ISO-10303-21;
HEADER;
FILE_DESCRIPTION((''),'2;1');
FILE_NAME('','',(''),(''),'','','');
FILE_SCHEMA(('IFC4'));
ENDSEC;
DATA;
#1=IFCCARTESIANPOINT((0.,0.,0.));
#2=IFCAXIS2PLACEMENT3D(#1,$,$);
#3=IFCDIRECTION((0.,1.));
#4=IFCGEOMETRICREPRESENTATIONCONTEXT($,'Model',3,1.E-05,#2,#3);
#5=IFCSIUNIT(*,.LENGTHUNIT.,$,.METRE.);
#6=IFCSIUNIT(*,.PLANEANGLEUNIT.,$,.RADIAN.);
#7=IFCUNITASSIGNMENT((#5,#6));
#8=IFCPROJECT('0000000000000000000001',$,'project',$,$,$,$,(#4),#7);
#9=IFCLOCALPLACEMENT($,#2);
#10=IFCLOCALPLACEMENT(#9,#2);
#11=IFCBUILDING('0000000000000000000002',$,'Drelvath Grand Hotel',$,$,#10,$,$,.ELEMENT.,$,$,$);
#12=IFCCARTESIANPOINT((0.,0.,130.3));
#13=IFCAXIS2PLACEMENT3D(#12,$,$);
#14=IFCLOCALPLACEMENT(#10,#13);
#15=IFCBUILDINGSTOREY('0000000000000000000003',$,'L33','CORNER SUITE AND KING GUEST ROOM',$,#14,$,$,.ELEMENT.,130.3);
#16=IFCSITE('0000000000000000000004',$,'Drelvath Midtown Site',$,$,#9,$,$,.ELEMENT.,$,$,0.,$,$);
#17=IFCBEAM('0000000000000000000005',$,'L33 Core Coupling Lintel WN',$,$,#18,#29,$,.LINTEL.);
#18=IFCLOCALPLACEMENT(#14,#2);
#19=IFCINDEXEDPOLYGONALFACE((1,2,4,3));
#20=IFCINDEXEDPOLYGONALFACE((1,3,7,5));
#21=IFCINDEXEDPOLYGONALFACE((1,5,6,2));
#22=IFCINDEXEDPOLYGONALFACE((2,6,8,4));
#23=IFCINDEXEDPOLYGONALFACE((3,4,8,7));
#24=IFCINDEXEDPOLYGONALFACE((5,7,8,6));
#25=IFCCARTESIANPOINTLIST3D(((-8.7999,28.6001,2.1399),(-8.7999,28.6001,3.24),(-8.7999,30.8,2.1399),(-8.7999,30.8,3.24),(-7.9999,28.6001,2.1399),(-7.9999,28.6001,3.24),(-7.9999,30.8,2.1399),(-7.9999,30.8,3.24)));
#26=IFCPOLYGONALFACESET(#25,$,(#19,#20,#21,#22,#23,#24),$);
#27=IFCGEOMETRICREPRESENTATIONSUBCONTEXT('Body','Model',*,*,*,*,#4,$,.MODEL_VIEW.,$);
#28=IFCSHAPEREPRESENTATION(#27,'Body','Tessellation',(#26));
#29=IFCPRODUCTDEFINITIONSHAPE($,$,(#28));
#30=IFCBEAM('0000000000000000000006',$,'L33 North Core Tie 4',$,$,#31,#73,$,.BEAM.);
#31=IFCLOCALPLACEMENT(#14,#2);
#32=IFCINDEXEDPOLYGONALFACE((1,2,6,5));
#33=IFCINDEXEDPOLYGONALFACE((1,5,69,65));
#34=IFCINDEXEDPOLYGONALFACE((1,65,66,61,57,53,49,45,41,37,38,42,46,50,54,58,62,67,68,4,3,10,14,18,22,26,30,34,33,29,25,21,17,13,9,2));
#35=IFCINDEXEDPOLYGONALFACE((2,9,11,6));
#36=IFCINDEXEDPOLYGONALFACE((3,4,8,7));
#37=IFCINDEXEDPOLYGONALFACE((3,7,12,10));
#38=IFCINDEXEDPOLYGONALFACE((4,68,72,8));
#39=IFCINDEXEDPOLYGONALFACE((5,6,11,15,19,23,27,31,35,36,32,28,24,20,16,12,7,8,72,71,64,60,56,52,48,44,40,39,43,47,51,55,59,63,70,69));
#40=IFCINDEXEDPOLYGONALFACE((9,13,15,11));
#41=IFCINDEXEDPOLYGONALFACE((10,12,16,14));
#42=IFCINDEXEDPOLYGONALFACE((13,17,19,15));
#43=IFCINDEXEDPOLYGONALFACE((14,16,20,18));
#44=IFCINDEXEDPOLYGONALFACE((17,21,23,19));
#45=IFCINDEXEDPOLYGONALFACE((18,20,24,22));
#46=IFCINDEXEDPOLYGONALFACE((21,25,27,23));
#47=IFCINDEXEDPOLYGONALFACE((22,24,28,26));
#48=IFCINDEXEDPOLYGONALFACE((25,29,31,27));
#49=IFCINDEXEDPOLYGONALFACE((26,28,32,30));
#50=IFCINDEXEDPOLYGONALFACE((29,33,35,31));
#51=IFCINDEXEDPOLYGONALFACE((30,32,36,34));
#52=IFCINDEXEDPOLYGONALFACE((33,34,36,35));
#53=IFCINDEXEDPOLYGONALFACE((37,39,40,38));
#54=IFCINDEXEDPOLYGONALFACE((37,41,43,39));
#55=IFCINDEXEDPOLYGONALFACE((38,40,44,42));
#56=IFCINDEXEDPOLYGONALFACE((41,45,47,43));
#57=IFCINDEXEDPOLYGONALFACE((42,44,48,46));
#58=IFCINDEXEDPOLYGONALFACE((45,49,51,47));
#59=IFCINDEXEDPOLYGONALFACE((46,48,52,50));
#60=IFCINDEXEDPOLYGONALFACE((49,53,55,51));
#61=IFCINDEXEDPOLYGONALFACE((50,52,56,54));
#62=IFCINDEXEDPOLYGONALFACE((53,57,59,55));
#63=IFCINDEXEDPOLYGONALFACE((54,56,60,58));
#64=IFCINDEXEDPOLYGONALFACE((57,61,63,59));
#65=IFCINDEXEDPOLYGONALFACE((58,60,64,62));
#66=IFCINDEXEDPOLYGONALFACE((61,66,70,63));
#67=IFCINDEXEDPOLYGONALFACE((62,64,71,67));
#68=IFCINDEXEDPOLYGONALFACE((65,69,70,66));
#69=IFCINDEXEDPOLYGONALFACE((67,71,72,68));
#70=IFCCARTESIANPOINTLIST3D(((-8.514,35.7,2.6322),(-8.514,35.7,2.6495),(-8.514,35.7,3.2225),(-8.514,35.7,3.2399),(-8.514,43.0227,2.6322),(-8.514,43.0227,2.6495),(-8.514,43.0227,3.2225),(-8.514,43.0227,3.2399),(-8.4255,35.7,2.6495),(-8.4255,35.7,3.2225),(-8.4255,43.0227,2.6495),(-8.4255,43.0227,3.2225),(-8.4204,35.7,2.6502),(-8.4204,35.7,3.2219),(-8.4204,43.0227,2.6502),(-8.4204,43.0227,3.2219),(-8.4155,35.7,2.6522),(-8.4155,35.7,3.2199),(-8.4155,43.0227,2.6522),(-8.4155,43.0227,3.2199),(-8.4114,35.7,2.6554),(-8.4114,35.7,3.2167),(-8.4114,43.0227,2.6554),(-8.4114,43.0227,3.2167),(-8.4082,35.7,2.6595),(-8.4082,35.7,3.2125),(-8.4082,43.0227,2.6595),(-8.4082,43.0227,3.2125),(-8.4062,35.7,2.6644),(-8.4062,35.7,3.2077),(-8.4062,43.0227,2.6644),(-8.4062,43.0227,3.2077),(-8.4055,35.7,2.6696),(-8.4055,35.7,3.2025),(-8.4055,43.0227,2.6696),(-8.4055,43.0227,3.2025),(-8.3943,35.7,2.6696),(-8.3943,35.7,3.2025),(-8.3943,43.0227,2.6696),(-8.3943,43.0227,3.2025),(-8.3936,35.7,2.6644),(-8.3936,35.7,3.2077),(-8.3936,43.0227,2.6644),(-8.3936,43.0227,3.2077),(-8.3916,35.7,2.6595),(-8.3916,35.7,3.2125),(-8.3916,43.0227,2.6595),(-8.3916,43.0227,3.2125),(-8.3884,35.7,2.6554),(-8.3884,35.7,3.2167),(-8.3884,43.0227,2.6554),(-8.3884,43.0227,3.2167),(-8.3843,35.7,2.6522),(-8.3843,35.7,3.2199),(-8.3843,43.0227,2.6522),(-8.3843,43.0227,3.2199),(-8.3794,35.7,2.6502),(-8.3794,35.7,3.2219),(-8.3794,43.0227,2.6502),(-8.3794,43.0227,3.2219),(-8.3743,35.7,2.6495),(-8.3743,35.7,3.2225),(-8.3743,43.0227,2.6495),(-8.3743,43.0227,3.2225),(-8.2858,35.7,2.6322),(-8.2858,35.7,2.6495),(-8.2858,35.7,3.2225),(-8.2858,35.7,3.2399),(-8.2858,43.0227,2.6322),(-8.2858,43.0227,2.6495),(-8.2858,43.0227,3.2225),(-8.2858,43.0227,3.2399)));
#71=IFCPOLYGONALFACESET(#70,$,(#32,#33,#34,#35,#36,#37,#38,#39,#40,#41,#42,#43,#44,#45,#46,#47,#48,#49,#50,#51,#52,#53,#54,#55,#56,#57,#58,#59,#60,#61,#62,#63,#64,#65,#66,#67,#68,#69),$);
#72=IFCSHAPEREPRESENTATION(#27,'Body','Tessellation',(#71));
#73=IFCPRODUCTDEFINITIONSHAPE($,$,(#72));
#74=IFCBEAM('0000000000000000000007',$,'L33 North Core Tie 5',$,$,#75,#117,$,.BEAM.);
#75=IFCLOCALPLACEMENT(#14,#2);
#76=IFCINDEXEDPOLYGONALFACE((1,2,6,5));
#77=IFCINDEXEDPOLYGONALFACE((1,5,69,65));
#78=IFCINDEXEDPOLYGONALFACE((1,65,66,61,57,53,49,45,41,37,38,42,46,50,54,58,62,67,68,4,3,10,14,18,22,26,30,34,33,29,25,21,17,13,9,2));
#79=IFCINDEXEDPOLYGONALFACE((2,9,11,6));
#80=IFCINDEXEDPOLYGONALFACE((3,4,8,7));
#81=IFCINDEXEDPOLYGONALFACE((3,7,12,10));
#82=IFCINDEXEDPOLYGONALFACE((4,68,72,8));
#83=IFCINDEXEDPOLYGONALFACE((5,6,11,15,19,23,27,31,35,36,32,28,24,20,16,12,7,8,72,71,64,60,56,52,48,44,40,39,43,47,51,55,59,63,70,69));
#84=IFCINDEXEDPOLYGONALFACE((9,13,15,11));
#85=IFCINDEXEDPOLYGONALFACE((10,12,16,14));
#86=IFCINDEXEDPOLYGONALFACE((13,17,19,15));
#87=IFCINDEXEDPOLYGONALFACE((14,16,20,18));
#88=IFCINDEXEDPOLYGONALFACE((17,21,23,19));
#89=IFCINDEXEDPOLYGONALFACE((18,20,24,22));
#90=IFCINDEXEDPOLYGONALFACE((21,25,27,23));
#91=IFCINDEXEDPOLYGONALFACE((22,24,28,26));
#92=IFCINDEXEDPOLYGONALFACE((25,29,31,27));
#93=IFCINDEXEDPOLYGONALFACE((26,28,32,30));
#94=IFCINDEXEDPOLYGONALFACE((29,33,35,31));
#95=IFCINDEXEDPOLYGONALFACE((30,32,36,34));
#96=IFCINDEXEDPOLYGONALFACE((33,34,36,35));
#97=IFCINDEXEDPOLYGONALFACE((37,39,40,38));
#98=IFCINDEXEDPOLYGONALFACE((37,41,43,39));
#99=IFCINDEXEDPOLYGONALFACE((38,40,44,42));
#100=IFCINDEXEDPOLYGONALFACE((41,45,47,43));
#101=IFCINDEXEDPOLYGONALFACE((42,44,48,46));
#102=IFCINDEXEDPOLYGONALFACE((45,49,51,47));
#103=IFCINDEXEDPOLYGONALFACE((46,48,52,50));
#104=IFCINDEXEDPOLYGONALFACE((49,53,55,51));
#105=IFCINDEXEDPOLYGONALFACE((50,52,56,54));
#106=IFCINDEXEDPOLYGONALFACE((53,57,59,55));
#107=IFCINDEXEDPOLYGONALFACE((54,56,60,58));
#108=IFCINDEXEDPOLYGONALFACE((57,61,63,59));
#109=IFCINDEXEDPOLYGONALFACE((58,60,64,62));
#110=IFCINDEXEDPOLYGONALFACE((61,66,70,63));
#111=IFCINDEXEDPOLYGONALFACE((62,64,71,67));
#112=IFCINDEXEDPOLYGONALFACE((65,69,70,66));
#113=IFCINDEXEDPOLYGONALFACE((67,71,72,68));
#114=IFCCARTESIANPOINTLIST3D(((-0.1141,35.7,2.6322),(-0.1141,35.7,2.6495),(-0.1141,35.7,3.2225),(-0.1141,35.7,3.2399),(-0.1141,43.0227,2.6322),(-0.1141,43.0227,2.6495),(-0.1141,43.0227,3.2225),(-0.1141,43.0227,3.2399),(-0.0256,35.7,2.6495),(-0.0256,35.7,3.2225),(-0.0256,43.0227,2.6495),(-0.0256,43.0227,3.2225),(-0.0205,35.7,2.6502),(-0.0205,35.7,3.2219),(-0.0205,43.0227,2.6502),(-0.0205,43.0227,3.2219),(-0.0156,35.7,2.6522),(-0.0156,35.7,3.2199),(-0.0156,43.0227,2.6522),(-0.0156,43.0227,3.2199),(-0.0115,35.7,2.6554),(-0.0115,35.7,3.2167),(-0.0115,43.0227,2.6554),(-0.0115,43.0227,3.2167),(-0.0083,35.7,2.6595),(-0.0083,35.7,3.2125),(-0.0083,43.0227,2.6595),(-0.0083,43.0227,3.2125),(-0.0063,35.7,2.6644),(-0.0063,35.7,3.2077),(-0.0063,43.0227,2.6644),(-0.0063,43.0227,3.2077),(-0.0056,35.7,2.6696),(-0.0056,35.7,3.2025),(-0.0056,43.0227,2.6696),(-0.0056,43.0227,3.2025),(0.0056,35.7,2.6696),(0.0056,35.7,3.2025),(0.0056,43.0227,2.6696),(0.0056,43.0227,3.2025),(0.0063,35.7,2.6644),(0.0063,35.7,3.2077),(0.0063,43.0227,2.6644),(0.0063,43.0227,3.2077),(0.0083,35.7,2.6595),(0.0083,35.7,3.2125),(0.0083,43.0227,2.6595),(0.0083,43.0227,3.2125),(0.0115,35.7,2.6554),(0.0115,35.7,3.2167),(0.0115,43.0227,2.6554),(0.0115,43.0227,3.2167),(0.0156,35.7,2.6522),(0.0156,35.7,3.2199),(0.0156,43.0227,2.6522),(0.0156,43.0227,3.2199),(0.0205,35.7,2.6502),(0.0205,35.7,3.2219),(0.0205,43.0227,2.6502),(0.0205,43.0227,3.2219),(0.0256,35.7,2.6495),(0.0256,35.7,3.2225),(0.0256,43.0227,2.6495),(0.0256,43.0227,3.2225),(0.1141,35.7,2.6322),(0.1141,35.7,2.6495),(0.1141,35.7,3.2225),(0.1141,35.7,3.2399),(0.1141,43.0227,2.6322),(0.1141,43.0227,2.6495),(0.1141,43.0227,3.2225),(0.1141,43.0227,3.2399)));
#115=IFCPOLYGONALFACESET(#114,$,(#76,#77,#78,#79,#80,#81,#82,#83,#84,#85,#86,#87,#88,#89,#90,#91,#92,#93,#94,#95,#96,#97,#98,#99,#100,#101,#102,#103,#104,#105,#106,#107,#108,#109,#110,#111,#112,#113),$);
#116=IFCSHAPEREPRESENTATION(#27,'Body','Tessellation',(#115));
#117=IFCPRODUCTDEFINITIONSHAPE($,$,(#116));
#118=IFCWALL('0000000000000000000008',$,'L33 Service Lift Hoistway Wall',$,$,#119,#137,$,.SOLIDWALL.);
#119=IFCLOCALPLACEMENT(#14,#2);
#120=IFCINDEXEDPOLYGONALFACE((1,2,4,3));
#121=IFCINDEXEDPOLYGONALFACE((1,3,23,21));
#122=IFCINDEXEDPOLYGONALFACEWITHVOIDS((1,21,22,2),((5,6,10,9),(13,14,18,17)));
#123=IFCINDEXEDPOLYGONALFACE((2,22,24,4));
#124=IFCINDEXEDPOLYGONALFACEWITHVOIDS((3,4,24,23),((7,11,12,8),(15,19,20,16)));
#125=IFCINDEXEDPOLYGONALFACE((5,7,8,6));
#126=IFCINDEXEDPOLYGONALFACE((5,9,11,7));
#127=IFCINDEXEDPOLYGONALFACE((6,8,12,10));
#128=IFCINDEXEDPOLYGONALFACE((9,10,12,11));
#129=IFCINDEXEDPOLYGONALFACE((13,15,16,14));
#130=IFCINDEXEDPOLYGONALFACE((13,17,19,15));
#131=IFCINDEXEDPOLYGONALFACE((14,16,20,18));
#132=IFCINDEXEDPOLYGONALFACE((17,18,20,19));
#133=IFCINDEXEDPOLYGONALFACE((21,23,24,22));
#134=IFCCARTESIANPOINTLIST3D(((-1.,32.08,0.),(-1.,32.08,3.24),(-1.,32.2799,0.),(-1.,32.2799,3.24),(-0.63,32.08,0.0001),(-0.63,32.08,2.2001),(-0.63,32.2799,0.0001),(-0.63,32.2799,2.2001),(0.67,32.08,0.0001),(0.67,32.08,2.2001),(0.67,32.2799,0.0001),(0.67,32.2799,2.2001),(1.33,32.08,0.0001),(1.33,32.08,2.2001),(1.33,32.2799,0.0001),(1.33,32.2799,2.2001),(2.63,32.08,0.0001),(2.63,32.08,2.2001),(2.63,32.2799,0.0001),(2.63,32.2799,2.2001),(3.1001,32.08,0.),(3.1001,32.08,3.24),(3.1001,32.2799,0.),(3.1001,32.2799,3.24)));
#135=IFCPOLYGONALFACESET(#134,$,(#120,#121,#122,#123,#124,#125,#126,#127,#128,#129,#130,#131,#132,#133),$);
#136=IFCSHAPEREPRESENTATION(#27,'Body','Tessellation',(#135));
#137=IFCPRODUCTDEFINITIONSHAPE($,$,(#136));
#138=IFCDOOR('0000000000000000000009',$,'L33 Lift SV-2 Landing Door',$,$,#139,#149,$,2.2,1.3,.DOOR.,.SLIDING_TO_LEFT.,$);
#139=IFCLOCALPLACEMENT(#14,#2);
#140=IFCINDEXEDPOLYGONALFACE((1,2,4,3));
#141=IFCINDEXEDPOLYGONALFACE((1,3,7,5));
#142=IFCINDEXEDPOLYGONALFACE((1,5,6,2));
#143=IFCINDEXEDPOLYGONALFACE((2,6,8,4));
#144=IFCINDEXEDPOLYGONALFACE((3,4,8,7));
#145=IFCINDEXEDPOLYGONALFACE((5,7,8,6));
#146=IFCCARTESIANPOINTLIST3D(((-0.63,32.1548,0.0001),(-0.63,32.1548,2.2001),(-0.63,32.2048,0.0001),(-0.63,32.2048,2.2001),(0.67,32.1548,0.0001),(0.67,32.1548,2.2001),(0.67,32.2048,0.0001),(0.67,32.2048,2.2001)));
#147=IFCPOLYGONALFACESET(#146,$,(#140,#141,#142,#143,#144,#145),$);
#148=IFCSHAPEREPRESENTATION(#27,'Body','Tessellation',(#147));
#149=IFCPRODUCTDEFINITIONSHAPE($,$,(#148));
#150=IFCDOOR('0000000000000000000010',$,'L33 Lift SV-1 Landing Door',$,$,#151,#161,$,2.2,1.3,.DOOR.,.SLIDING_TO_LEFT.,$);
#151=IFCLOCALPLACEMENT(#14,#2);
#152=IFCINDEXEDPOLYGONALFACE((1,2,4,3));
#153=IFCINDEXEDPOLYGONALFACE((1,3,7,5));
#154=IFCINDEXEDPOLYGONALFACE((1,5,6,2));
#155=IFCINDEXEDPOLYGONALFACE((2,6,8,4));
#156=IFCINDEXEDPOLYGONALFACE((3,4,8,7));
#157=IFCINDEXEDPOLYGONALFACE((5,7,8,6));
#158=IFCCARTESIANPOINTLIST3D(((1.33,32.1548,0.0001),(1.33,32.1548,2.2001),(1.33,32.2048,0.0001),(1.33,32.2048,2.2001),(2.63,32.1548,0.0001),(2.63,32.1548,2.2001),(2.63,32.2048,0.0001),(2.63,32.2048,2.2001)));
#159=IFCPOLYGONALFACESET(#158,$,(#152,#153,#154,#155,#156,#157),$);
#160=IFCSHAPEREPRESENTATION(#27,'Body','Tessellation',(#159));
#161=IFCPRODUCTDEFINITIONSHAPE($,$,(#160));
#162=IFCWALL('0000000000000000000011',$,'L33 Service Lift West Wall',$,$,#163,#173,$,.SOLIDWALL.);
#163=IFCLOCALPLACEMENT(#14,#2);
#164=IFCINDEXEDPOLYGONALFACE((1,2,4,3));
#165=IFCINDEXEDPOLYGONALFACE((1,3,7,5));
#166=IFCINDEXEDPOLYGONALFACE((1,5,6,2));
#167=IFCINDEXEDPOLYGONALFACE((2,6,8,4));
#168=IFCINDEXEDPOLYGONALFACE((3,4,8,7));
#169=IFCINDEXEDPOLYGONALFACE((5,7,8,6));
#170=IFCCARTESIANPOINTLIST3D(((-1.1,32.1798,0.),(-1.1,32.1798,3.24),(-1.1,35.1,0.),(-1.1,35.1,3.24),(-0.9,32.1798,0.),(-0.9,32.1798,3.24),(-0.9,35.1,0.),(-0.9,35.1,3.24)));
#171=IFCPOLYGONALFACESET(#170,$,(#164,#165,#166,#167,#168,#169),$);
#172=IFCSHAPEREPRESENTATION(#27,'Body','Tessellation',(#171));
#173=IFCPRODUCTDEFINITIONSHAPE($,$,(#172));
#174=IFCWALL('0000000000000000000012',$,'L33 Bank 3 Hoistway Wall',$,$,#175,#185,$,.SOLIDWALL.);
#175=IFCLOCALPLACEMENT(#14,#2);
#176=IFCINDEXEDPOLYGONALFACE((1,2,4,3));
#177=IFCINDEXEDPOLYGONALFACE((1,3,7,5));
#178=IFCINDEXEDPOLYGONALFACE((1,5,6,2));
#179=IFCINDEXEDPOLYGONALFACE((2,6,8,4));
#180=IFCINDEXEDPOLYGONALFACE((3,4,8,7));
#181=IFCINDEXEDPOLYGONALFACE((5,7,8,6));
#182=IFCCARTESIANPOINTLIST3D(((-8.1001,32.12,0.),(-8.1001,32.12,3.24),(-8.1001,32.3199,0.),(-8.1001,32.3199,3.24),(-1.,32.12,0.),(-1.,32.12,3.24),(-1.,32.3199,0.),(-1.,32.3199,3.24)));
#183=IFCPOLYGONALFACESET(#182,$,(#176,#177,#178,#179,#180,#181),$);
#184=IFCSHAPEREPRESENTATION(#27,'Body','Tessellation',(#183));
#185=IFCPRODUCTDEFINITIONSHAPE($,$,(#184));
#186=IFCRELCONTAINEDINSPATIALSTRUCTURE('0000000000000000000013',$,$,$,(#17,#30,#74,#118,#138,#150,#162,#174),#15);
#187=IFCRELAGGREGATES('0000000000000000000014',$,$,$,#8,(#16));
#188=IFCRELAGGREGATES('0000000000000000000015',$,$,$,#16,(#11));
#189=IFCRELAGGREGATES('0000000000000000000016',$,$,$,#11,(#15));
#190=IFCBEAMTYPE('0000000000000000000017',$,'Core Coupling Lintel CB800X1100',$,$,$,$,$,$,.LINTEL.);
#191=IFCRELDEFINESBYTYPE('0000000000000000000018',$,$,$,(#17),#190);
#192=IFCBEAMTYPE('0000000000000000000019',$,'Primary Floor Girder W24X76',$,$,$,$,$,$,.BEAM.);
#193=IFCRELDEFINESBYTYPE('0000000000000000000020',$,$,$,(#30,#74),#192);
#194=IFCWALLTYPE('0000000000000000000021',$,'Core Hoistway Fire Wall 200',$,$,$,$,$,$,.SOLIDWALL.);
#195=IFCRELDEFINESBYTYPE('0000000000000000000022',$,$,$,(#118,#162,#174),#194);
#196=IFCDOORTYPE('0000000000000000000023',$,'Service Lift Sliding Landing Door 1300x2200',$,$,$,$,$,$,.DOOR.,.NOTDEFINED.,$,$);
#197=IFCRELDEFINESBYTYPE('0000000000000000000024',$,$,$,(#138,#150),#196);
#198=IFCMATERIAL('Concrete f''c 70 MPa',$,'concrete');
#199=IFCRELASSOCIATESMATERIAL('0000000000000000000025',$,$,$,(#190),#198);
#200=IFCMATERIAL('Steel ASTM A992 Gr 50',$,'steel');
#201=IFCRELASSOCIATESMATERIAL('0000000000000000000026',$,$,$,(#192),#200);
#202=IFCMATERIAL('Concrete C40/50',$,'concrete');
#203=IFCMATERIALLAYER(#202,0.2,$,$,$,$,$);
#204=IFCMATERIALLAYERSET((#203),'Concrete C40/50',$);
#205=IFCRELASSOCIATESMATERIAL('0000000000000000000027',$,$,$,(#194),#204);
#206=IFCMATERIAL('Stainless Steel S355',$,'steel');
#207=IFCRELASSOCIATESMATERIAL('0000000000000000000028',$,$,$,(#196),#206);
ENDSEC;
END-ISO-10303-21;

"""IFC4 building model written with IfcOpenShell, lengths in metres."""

from ifc_helpers import new_model, si_unit, direction, frame, frame_2d, origin, origin_2d, place, context, subcontext, project, spatial, rectangle, i_section, extrude, material, layer, layer_set, material_profile, profile_set, type_object, element, fill, save


model = new_model("IFC4")

# Units and contexts
model_context = context("Model", 3, precision=1e-05, world=origin(), true_north=direction((0.0, 1.0)))
body_context = subcontext(model_context, "Body", "Model", "MODEL_VIEW")
ifc_project = project(units=[si_unit("LENGTHUNIT", "METRE"), si_unit("PLANEANGLEUNIT", "RADIAN")], contexts=[model_context])

# Site, building, storey
site_placement = place(None, origin())
site = spatial("IfcSite", under=ifc_project, at=site_placement, Name="Drelvath Midtown Site", CompositionType="ELEMENT", RefElevation=0.0)
building_placement = place(site_placement, origin())
building = spatial("IfcBuilding", under=site, at=building_placement, Name="Drelvath Grand Hotel", CompositionType="ELEMENT")
storey_placement = place(building_placement, frame((0.0, 0.0, 130.3)))
storey = spatial("IfcBuildingStorey", under=building, at=storey_placement, Name="L33", Description="CORNER SUITE AND KING GUEST ROOM", CompositionType="ELEMENT", Elevation=130.3)

# Beams
ifc_material_1 = material(Name="Concrete f'c 70 MPa", Category="concrete")
ifc_material_profile_1 = material_profile(ifc_material_1, rectangle(XDim=0.8, YDim=1.1001, at=origin_2d()), Name="CB800X1100")
ifc_profile_set_1 = profile_set([ifc_material_profile_1], Name="Concrete f'c 70 MPa")
beam_type_1 = type_object("IfcBeamType", Name="Core Coupling Lintel CB800X1100", PredefinedType="LINTEL", material=ifc_profile_set_1)
beam_placement = place(storey_placement, frame((-8.3999, 28.6001, 2.6899), z_axis=(0.0, 1.0, 0.0), x_axis=(-1.0, 0.0, 0.0)))
element("IfcBeam", 1, at=beam_placement, inside=storey, type_object=beam_type_1, Name="L33 Core Coupling Lintel WN", PredefinedType="LINTEL", context=body_context, shape_type="SweptSolid", body=[
    extrude(rectangle(XDim=0.8, YDim=1.1001, at=origin_2d()), origin(), (0.0, 0.0, 1.0), 2.2),
])
ifc_material_2 = material(Name="Steel ASTM A992 Gr 50", Category="steel")
ifc_material_profile_2 = material_profile(ifc_material_2, i_section(OverallWidth=0.2283, OverallDepth=0.6077, WebThickness=0.0112, FlangeThickness=0.0173, FilletRadius=0.02, at=origin_2d()), Name="W24X76")
ifc_profile_set_2 = profile_set([ifc_material_profile_2], Name="Steel ASTM A992 Gr 50")
beam_type_2 = type_object("IfcBeamType", Name="Primary Floor Girder W24X76", PredefinedType="BEAM", material=ifc_profile_set_2)
for number, where, z_axis, x_axis, name in (
    (2, (-8.3999, 35.7, 2.936), (0.0, 1.0, 0.0), (-1.0, 0.0, 0.0), "L33 North Core Tie 4"),
    (3, (0.0, 35.7, 2.936), (0.0, 1.0, 0.0), (-1.0, 0.0, 0.0), "L33 North Core Tie 5"),
):
    element("IfcBeam", number, at=place(storey_placement, frame(where, z_axis=z_axis, x_axis=x_axis)), inside=storey, type_object=beam_type_2, Name=name, PredefinedType="BEAM", context=body_context, shape_type="SweptSolid", body=[
        extrude(i_section(OverallWidth=0.2283, OverallDepth=0.6077, WebThickness=0.0112, FlangeThickness=0.0173, FilletRadius=0.02, at=origin_2d()), origin(), (0.0, 0.0, 1.0), 7.3228),
    ])

# Wall, openings, doors
ifc_material_3 = material(Name="Concrete C40/50", Category="concrete")
ifc_layer_1 = layer(ifc_material_3, 0.2)
ifc_layer_set_1 = layer_set([ifc_layer_1], Name="Concrete C40/50")
wall_type_1 = type_object("IfcWallType", Name="Core Hoistway Fire Wall 200", PredefinedType="SOLIDWALL", material=ifc_layer_set_1)
wall_1_placement = place(storey_placement, frame((-1.0, 32.1799, 0.0), z_axis=(0.0, 0.0, 1.0), x_axis=(1.0, 0.0, 0.0)))
wall_1 = element("IfcWall", 4, at=wall_1_placement, inside=storey, type_object=wall_type_1, Name="L33 Service Lift Hoistway Wall", PredefinedType="SOLIDWALL", context=body_context, shape_type="SweptSolid", body=[
    extrude(rectangle(XDim=4.1001, YDim=0.2, at=frame_2d((2.05, 0.0))), origin(), (0.0, 0.0, 1.0), 3.24),
])
opening_1_placement = place(wall_1_placement, frame((0.3701, 0.0, 0.0)))
opening_1 = element("IfcOpeningElement", 5, at=opening_1_placement, cuts=wall_1, PredefinedType="OPENING", context=body_context, shape_type="SweptSolid", body=[
    extrude(rectangle(XDim=1.3, YDim=2.2, at=frame_2d((0.6499, 1.1001))), frame((0.0, 0.1099, 0.0), z_axis=(0.0, -1.0, 0.0), x_axis=(1.0, 0.0, 0.0)), (0.0, 0.0, 1.0), 0.22),
])
opening_2_placement = place(wall_1_placement, frame((2.3301, 0.0, 0.0)))
opening_2 = element("IfcOpeningElement", 6, at=opening_2_placement, cuts=wall_1, PredefinedType="OPENING", context=body_context, shape_type="SweptSolid", body=[
    extrude(rectangle(XDim=1.3, YDim=2.2, at=frame_2d((0.6499, 1.1001))), frame((0.0, 0.1099, 0.0), z_axis=(0.0, -1.0, 0.0), x_axis=(1.0, 0.0, 0.0)), (0.0, 0.0, 1.0), 0.22),
])
ifc_material_4 = material(Name="Stainless Steel S355", Category="steel")
door_type_1 = type_object("IfcDoorType", Name="Service Lift Sliding Landing Door 1300x2200", OperationType="NOTDEFINED", PredefinedType="DOOR", material=ifc_material_4)
door_1_placement = place(opening_1_placement, origin())
door_1 = element("IfcDoor", 7, at=door_1_placement, inside=storey, type_object=door_type_1, Name="L33 Lift SV-2 Landing Door", OperationType="SLIDING_TO_LEFT", OverallHeight=2.2, OverallWidth=1.3, PredefinedType="DOOR", context=body_context, shape_type="SweptSolid", body=[
    extrude(rectangle(XDim=1.3, YDim=2.2, at=frame_2d((0.6499, 1.1001))), frame((0.0, 0.0249, 0.0), z_axis=(0.0, -1.0, 0.0), x_axis=(1.0, 0.0, 0.0)), (0.0, 0.0, 1.0), 0.05),
])
fill(opening_1, door_1)
door_2_placement = place(opening_2_placement, origin())
door_2 = element("IfcDoor", 8, at=door_2_placement, inside=storey, type_object=door_type_1, Name="L33 Lift SV-1 Landing Door", OperationType="SLIDING_TO_LEFT", OverallHeight=2.2, OverallWidth=1.3, PredefinedType="DOOR", context=body_context, shape_type="SweptSolid", body=[
    extrude(rectangle(XDim=1.3, YDim=2.2, at=frame_2d((0.6499, 1.1001))), frame((0.0, 0.0249, 0.0), z_axis=(0.0, -1.0, 0.0), x_axis=(1.0, 0.0, 0.0)), (0.0, 0.0, 1.0), 0.05),
])
fill(opening_2, door_2)

# Walls
wall_2_placement = place(storey_placement, frame((-1.0, 32.1799, 0.0), z_axis=(0.0, 0.0, 1.0), x_axis=(0.0, 1.0, 0.0)))
element("IfcWall", 9, at=wall_2_placement, inside=storey, type_object=wall_type_1, Name="L33 Service Lift West Wall", PredefinedType="SOLIDWALL", context=body_context, shape_type="SweptSolid", body=[
    extrude(rectangle(XDim=2.9202, YDim=0.2, at=frame_2d((1.46, 0.0))), origin(), (0.0, 0.0, 1.0), 3.24),
])
wall_3_placement = place(storey_placement, frame((-8.1001, 32.22, 0.0), z_axis=(0.0, 0.0, 1.0), x_axis=(1.0, 0.0, 0.0)))
element("IfcWall", 10, at=wall_3_placement, inside=storey, type_object=wall_type_1, Name="L33 Bank 3 Hoistway Wall", PredefinedType="SOLIDWALL", context=body_context, shape_type="SweptSolid", body=[
    extrude(rectangle(XDim=7.1001, YDim=0.2, at=frame_2d((3.55, 0.0))), origin(), (0.0, 0.0, 1.0), 3.24),
])

save(model, "model.ifc")
